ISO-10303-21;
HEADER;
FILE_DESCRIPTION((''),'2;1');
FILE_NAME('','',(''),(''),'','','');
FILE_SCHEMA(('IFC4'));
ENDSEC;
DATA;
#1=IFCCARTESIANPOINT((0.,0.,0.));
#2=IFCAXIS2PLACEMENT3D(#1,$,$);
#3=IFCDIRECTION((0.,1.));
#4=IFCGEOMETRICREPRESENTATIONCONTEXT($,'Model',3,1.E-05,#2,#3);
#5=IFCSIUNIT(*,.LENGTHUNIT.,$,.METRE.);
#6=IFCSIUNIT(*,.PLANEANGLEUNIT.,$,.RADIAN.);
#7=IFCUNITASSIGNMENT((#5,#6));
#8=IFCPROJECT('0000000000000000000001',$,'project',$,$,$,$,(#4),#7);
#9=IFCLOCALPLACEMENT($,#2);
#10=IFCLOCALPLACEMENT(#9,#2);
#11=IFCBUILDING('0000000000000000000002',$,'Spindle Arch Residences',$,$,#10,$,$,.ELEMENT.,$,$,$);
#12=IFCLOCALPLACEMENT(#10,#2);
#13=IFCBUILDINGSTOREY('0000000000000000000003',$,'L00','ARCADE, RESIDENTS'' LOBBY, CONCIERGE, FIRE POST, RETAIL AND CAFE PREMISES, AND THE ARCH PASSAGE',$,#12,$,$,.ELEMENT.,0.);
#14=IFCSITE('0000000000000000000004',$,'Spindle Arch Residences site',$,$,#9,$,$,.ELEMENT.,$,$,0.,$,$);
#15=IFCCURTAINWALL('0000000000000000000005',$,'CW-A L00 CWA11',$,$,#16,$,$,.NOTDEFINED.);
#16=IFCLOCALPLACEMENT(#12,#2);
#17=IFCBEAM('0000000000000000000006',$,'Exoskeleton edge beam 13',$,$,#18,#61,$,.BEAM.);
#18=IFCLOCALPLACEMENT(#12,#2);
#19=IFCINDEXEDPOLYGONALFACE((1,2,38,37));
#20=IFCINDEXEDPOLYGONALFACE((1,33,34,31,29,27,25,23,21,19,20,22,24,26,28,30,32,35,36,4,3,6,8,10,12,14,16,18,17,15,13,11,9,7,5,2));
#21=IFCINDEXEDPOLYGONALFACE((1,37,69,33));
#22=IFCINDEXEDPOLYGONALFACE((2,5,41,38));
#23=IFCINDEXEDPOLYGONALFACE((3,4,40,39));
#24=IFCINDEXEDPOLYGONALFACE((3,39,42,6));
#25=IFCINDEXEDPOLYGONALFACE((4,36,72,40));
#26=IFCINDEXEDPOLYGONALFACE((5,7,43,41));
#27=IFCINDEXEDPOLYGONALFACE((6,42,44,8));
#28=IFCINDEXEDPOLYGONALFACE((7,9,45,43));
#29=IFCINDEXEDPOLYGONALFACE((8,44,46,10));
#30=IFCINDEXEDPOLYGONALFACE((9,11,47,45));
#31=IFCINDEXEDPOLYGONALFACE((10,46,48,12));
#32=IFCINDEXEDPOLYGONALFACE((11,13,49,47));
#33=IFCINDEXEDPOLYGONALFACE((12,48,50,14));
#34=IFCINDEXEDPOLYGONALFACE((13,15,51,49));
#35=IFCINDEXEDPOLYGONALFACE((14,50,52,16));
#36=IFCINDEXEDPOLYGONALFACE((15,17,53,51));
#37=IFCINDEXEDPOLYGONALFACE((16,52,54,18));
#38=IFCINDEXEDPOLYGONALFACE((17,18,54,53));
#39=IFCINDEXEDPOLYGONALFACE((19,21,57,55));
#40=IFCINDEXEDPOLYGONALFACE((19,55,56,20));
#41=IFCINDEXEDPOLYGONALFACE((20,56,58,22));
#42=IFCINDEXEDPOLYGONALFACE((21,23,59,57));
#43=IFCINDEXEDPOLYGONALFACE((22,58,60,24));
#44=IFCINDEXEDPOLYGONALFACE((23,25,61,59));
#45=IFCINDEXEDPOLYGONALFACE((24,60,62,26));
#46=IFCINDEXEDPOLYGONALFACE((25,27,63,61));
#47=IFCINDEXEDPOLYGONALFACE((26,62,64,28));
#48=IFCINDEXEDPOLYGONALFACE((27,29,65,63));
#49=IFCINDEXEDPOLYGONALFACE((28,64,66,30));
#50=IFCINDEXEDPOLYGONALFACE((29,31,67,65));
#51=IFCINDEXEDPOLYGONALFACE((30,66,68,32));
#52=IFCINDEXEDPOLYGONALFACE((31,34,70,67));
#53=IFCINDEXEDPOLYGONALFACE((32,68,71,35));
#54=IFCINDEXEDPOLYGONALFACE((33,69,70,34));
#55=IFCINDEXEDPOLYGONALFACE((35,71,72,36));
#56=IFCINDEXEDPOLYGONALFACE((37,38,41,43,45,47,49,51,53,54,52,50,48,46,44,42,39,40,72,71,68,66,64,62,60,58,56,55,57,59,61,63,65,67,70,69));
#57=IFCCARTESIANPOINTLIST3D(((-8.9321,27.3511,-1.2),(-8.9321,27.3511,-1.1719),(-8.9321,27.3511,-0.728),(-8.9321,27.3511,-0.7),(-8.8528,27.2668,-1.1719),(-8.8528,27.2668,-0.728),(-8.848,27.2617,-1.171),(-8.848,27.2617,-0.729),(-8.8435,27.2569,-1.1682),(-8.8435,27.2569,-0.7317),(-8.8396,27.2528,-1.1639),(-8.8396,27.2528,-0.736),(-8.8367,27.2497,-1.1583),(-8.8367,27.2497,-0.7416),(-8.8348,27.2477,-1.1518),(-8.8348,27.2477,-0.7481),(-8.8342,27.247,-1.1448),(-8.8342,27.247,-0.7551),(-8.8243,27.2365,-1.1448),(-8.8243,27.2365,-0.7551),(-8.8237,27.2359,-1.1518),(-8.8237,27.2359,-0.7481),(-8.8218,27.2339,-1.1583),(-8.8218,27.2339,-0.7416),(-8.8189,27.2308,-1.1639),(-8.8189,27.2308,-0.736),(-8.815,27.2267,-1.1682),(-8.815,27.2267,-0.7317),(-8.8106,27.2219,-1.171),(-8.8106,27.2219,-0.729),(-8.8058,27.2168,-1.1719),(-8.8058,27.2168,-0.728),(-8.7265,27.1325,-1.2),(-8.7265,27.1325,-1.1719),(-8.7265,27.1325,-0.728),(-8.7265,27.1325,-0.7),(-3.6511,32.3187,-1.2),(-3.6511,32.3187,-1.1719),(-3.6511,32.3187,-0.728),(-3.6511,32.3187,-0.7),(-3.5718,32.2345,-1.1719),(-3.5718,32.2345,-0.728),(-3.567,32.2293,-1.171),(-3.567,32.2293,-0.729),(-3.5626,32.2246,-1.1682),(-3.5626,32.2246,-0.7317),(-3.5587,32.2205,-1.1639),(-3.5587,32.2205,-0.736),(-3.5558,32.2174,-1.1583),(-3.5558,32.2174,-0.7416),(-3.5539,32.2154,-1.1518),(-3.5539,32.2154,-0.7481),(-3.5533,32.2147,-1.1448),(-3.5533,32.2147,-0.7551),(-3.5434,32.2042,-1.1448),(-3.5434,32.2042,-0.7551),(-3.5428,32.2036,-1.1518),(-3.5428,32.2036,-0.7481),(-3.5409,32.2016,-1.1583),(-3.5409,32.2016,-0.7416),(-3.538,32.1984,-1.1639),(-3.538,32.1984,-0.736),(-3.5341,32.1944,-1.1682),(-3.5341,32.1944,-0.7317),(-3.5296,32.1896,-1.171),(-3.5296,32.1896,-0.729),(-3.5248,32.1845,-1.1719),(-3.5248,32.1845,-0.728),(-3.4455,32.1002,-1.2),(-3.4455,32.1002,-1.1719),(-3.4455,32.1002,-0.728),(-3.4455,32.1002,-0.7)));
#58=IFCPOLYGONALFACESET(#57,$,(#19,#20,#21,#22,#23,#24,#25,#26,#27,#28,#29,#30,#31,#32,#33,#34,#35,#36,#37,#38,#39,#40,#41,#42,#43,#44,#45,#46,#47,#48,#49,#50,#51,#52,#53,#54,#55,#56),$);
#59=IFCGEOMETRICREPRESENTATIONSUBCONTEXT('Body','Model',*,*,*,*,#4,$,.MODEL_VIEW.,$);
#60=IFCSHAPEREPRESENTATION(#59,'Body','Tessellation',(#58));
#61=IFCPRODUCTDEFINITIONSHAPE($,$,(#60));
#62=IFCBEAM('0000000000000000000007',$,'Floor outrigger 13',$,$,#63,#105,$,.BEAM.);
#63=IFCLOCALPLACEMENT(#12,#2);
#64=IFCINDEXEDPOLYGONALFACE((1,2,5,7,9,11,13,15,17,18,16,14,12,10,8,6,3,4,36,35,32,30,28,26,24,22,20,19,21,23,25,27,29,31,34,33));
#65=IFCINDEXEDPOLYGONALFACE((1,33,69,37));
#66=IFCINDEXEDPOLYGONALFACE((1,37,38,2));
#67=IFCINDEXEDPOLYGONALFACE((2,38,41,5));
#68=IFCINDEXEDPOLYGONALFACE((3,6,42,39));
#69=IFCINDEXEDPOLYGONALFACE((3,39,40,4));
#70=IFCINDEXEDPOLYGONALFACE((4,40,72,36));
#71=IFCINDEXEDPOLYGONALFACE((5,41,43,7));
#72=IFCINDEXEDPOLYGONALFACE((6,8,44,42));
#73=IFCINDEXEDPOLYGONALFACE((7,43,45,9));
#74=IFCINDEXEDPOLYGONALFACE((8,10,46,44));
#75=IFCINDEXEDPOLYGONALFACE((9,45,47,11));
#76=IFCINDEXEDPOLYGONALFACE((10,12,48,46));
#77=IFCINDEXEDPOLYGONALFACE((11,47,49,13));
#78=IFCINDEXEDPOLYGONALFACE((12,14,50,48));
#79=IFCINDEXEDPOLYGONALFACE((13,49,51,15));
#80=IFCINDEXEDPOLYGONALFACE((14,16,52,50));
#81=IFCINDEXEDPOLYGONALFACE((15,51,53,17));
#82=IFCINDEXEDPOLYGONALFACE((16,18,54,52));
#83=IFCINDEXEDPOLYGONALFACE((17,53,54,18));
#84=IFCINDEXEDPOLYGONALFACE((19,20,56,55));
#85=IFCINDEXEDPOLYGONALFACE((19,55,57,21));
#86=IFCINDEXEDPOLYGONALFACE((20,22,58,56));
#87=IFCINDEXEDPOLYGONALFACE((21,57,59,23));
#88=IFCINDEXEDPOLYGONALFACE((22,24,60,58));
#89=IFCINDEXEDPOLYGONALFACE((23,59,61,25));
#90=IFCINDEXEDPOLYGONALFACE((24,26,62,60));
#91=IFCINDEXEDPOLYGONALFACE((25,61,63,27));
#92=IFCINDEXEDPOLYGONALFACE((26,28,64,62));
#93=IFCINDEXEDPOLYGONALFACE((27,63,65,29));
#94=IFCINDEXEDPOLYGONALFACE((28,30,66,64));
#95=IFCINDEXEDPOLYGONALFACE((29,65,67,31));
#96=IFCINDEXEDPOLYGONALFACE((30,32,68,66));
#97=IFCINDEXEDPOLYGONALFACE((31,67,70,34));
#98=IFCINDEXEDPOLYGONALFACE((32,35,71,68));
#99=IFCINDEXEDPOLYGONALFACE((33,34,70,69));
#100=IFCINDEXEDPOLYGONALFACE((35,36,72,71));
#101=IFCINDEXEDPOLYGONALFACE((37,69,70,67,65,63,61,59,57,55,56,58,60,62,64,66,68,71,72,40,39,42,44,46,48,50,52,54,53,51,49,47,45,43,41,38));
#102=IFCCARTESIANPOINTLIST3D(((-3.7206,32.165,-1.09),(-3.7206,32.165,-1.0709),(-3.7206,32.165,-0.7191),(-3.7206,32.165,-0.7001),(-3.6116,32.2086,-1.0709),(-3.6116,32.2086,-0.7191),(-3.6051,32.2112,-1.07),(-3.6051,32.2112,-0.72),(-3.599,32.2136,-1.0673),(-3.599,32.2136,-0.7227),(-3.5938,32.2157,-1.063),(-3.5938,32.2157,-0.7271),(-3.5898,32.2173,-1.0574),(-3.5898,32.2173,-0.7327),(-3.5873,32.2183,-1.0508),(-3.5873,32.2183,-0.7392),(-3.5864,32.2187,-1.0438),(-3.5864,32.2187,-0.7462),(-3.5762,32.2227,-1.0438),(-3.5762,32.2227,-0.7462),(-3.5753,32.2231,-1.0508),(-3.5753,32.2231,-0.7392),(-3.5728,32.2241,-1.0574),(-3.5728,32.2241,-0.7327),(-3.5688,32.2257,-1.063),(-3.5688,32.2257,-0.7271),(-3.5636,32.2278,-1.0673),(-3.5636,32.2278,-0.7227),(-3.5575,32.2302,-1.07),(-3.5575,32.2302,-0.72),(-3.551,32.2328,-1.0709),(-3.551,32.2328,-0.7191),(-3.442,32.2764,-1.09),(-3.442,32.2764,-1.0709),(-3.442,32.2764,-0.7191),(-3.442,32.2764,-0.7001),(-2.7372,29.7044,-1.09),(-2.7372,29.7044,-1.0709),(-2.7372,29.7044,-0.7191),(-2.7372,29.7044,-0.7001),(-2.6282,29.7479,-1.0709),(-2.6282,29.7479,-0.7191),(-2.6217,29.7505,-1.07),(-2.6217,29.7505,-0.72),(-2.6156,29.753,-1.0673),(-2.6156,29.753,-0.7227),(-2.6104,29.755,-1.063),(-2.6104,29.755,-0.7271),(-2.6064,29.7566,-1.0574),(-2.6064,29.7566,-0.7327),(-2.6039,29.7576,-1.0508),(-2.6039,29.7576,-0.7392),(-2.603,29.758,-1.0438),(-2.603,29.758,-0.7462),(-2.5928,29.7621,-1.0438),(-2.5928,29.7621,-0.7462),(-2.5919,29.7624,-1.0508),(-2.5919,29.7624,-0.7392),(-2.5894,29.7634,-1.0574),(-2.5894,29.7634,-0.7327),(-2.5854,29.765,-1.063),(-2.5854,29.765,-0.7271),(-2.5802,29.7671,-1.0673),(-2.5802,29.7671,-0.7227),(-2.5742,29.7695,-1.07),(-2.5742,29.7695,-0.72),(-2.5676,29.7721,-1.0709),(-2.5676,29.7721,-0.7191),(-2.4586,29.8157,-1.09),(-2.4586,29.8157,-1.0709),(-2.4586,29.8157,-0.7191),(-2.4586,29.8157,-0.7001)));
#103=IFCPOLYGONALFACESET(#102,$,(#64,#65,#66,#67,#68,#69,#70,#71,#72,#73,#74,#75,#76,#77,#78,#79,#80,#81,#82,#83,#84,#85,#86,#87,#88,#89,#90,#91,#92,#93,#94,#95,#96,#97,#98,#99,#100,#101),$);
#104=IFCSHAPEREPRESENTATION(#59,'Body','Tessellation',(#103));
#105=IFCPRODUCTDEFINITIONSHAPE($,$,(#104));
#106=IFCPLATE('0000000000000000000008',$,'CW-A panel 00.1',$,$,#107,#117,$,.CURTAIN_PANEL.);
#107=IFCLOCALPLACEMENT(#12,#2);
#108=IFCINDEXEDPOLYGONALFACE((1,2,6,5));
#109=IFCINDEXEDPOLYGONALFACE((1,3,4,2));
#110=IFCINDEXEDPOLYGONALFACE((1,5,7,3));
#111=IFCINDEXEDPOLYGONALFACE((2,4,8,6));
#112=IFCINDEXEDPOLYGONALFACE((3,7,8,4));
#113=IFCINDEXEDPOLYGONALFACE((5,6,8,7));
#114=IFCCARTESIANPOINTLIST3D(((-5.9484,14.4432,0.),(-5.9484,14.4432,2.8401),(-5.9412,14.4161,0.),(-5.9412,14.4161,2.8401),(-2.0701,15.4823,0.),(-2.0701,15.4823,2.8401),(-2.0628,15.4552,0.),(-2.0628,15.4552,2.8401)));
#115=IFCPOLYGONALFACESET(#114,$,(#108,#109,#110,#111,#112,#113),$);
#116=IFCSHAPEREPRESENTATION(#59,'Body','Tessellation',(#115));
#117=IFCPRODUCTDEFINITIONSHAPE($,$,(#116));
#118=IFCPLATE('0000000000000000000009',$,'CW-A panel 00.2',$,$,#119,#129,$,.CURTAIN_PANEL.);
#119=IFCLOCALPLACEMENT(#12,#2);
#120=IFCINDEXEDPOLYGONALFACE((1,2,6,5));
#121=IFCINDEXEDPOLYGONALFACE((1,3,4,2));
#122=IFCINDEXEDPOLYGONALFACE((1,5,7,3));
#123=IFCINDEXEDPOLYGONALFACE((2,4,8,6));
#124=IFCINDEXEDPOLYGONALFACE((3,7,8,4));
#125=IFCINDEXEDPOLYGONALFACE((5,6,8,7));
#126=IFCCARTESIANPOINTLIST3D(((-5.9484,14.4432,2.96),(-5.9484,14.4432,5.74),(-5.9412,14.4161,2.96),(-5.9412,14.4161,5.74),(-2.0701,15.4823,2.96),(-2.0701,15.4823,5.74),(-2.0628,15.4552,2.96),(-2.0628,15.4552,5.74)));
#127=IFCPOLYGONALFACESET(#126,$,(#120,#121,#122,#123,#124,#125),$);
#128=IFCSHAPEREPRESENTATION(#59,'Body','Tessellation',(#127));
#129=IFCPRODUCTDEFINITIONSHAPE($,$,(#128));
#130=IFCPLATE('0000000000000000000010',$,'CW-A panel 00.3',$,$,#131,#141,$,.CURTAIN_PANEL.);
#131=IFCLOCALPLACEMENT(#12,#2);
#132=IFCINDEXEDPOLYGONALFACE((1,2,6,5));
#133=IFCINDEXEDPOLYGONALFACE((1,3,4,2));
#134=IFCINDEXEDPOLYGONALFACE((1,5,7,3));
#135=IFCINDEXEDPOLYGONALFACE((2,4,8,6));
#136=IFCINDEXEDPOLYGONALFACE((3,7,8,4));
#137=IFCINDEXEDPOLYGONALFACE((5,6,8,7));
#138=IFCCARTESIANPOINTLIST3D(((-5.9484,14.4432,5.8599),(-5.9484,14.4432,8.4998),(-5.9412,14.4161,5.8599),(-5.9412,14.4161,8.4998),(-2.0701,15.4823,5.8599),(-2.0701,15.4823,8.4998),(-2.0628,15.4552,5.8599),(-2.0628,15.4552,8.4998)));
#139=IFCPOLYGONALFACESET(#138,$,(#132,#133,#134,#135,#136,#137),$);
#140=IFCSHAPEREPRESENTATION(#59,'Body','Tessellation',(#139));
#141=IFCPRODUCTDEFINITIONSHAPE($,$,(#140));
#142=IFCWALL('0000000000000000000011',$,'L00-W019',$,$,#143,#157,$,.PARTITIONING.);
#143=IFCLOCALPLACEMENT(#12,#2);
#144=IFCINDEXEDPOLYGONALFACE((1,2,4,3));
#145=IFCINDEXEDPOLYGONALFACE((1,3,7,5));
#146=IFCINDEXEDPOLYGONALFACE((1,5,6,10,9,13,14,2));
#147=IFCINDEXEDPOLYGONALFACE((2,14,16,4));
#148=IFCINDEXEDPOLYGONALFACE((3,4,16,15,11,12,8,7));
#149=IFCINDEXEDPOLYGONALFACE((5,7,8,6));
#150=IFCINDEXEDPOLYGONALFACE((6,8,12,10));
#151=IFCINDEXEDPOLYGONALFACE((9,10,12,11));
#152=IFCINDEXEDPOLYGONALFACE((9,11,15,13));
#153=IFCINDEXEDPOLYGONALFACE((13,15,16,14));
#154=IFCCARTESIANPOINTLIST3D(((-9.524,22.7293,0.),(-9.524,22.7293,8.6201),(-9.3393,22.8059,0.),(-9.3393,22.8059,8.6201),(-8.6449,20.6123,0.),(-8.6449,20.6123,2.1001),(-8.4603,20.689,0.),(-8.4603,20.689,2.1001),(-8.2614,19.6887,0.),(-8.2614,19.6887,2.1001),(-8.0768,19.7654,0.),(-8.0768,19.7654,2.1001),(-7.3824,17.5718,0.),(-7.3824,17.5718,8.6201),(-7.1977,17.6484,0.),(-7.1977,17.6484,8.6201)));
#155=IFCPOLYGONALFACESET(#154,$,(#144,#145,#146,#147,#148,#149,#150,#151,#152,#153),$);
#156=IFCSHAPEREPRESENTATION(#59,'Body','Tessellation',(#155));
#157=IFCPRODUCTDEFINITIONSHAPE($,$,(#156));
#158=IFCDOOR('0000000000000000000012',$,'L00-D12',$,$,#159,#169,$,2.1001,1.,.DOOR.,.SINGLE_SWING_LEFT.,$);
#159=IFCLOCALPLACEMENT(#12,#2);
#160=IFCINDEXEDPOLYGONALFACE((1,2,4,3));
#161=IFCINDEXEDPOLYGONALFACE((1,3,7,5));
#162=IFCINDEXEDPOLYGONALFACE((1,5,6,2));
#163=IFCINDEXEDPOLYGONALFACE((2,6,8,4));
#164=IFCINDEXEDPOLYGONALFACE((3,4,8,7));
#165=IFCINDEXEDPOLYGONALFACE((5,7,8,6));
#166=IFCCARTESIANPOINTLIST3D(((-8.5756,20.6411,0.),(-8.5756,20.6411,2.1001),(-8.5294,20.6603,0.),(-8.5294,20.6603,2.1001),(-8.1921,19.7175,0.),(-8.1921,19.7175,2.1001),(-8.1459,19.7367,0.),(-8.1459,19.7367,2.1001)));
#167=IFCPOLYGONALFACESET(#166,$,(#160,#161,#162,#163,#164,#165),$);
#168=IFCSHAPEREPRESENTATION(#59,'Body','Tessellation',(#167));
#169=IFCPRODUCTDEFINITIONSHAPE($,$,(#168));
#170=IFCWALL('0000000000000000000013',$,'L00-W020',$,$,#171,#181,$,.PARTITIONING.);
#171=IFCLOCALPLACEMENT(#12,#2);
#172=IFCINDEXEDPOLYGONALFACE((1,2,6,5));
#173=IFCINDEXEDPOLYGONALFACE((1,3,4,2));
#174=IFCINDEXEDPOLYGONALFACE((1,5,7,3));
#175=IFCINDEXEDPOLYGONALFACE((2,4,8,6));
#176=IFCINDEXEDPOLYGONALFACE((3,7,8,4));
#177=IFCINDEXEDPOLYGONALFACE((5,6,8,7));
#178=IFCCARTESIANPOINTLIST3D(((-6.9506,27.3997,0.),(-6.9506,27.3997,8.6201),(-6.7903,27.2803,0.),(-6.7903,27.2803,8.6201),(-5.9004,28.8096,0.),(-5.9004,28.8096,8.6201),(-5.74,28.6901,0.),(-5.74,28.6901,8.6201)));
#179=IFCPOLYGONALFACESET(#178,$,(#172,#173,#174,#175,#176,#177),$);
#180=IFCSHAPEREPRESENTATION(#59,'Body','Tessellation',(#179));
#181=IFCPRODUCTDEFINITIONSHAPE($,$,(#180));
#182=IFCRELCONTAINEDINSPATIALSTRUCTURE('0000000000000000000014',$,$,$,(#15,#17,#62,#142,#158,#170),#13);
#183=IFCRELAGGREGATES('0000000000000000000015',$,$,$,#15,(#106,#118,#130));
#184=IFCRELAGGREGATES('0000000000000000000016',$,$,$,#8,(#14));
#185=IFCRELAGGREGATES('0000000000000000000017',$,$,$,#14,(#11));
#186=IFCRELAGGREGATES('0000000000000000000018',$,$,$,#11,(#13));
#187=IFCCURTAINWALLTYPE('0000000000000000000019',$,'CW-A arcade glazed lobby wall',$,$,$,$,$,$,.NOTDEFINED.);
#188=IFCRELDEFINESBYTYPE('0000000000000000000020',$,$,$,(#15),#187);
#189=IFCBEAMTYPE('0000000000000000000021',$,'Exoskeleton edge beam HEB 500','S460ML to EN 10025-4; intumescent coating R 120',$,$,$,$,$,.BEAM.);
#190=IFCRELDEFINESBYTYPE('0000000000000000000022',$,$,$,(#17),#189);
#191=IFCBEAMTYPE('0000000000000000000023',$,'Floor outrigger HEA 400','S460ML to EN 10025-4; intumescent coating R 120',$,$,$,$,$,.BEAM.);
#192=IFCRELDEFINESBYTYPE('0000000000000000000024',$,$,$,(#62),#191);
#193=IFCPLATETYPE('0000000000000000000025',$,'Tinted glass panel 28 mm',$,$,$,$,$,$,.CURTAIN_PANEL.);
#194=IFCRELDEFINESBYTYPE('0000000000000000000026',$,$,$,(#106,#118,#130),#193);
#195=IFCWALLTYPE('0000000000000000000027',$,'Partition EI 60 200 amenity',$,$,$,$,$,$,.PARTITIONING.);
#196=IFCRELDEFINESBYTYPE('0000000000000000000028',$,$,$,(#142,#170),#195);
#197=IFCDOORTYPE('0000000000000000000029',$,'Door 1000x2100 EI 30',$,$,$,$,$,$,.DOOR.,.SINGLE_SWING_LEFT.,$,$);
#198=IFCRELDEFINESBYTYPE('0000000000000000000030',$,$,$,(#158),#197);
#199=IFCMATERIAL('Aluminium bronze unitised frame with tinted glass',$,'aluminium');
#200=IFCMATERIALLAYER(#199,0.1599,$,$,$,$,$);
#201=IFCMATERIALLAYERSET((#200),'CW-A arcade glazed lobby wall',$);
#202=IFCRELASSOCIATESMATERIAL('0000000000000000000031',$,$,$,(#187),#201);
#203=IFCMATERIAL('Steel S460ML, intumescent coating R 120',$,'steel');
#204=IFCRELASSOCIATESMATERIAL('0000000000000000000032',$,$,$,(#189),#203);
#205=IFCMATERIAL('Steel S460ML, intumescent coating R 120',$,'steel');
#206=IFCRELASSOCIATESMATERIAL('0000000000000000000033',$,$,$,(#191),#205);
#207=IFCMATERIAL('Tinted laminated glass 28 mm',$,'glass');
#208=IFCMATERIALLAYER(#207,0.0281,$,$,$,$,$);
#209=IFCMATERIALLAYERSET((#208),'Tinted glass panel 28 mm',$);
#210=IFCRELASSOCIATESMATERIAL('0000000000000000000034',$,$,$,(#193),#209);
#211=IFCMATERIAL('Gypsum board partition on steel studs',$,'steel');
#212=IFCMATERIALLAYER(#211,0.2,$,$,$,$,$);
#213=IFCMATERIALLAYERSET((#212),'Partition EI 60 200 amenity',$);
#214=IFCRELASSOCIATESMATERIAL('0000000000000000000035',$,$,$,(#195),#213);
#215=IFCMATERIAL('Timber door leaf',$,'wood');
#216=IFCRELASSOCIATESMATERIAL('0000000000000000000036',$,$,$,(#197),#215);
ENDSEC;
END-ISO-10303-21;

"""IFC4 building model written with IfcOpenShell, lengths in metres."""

from ifc_helpers import new_model, si_unit, direction, frame, frame_2d, origin, origin_2d, place, context, subcontext, project, spatial, rectangle, i_section, extrude, material, layer, layer_set, material_profile, profile_set, type_object, element, fill, aggregate, save


model = new_model("IFC4")

# Units and contexts
model_context = context("Model", 3, precision=1e-05, world=origin(), true_north=direction((0.0, 1.0)))
body_context = subcontext(model_context, "Body", "Model", "MODEL_VIEW")
ifc_project = project(units=[si_unit("LENGTHUNIT", "METRE"), si_unit("PLANEANGLEUNIT", "RADIAN")], contexts=[model_context])

# Site, building, storey
site_placement = place(None, origin())
site = spatial("IfcSite", under=ifc_project, at=site_placement, Name="Spindle Arch Residences site", CompositionType="ELEMENT", RefElevation=0.0)
building_placement = place(site_placement, origin())
building = spatial("IfcBuilding", under=site, at=building_placement, Name="Spindle Arch Residences", CompositionType="ELEMENT")
storey_placement = place(building_placement, origin())
storey = spatial("IfcBuildingStorey", under=building, at=storey_placement, Name="L00", Description="ARCADE, RESIDENTS' LOBBY, CONCIERGE, FIRE POST, RETAIL AND CAFE PREMISES, AND THE ARCH PASSAGE", CompositionType="ELEMENT", Elevation=0.0)

# Curtain wall
ifc_material_1 = material(Name="Aluminium bronze unitised frame with tinted glass", Category="aluminium")
ifc_layer_1 = layer(ifc_material_1, 0.1599)
ifc_layer_set_1 = layer_set([ifc_layer_1], Name="CW-A arcade glazed lobby wall")
curtain_wall_type = type_object("IfcCurtainWallType", Name="CW-A arcade glazed lobby wall", PredefinedType="NOTDEFINED", material=ifc_layer_set_1)
curtain_wall_1_placement = place(storey_placement, origin())
curtain_wall_1 = element("IfcCurtainWall", 1, at=curtain_wall_1_placement, inside=storey, type_object=curtain_wall_type, Name="CW-A L00 CWA11", PredefinedType="NOTDEFINED")

# Beams
ifc_material_2 = material(Name="Steel S460ML, intumescent coating R 120", Category="steel")
ifc_material_profile_1 = material_profile(ifc_material_2, i_section(OverallWidth=0.3, OverallDepth=0.5, WebThickness=0.0144, FlangeThickness=0.0281, FilletRadius=0.0271, at=origin_2d()), Name="HEB 500")
ifc_profile_set_1 = profile_set([ifc_material_profile_1], Name="Steel S460ML, intumescent coating R 120")
beam_type_1 = type_object("IfcBeamType", Name="Exoskeleton edge beam HEB 500", Description="S460ML to EN 10025-4; intumescent coating R 120", PredefinedType="BEAM", material=ifc_profile_set_1)
beam_1_placement = place(storey_placement, frame((-3.5483, 32.2095, -0.95), z_axis=(-0.728378, -0.685176, 0.0), x_axis=(0.685176, -0.728378, 0.0)))
element("IfcBeam", 2, at=beam_1_placement, inside=storey, type_object=beam_type_1, Name="Exoskeleton edge beam 13", PredefinedType="BEAM", context=body_context, shape_type="SweptSolid", body=[
    extrude(i_section(OverallWidth=0.3, OverallDepth=0.5, WebThickness=0.0144, FlangeThickness=0.0281, FilletRadius=0.0271, at=origin_2d()), origin(), (0.0, 0.0, 1.0), 7.2502),
])
ifc_material_3 = material(Name="Steel S460ML, intumescent coating R 120", Category="steel")
ifc_material_profile_2 = material_profile(ifc_material_3, i_section(OverallWidth=0.3, OverallDepth=0.3899, WebThickness=0.011, FlangeThickness=0.019, FilletRadius=0.0271, at=origin_2d()), Name="HEA 400")
ifc_profile_set_2 = profile_set([ifc_material_profile_2], Name="Steel S460ML, intumescent coating R 120")
beam_type_2 = type_object("IfcBeamType", Name="Floor outrigger HEA 400", Description="S460ML to EN 10025-4; intumescent coating R 120", PredefinedType="BEAM", material=ifc_profile_set_2)
beam_2_placement = place(storey_placement, frame((-3.5813, 32.2207, -0.895), z_axis=(0.371105, -0.928591, 0.0), x_axis=(0.928591, 0.371105, 0.0)))
element("IfcBeam", 3, at=beam_2_placement, inside=storey, type_object=beam_type_2, Name="Floor outrigger 13", PredefinedType="BEAM", context=body_context, shape_type="SweptSolid", body=[
    extrude(i_section(OverallWidth=0.3, OverallDepth=0.3899, WebThickness=0.011, FlangeThickness=0.019, FilletRadius=0.0271, at=origin_2d()), origin(), (0.0, 0.0, 1.0), 2.6499),
])

# Plates
ifc_material_4 = material(Name="Tinted laminated glass 28 mm", Category="glass")
ifc_layer_2 = layer(ifc_material_4, 0.0281)
ifc_layer_set_2 = layer_set([ifc_layer_2], Name="Tinted glass panel 28 mm")
plate_type = type_object("IfcPlateType", Name="Tinted glass panel 28 mm", PredefinedType="CURTAIN_PANEL", material=ifc_layer_set_2)
plate_1_placement = place(storey_placement, frame((-4.0056, 14.9492, 0.0), z_axis=(0.0, 0.0, 1.0), x_axis=(-0.965935, -0.258786, 0.0)))
plate_1 = element("IfcPlate", 4, at=plate_1_placement, type_object=plate_type, Name="CW-A panel 00.1", PredefinedType="CURTAIN_PANEL", context=body_context, shape_type="SweptSolid", body=[
    extrude(rectangle(XDim=4.0151, YDim=0.0281, at=origin_2d()), origin(), (0.0, 0.0, 1.0), 2.8401),
])
plate_2_placement = place(storey_placement, frame((-4.0056, 14.9492, 2.96), z_axis=(0.0, 0.0, 1.0), x_axis=(-0.965935, -0.258786, 0.0)))
plate_2 = element("IfcPlate", 5, at=plate_2_placement, type_object=plate_type, Name="CW-A panel 00.2", PredefinedType="CURTAIN_PANEL", context=body_context, shape_type="SweptSolid", body=[
    extrude(rectangle(XDim=4.0151, YDim=0.0281, at=origin_2d()), origin(), (0.0, 0.0, 1.0), 2.78),
])
plate_3_placement = place(storey_placement, frame((-4.0056, 14.9492, 5.8599), z_axis=(0.0, 0.0, 1.0), x_axis=(-0.965935, -0.258786, 0.0)))
plate_3 = element("IfcPlate", 6, at=plate_3_placement, type_object=plate_type, Name="CW-A panel 00.3", PredefinedType="CURTAIN_PANEL", context=body_context, shape_type="SweptSolid", body=[
    extrude(rectangle(XDim=4.0151, YDim=0.0281, at=origin_2d()), origin(), (0.0, 0.0, 1.0), 2.6399),
])
aggregate(curtain_wall_1, [plate_1, plate_2, plate_3])

# Wall, opening, door
ifc_material_5 = material(Name="Gypsum board partition on steel studs", Category="steel")
ifc_layer_3 = layer(ifc_material_5, 0.2)
ifc_layer_set_3 = layer_set([ifc_layer_3], Name="Partition EI 60 200 amenity")
wall_type = type_object("IfcWallType", Name="Partition EI 60 200 amenity", PredefinedType="PARTITIONING", material=ifc_layer_set_3)
wall_1_placement = place(storey_placement, frame((-7.29, 17.6101, 0.0), z_axis=(0.0, 0.0, 1.0), x_axis=(-0.383494, 0.923543, 0.0)))
wall_1 = element("IfcWall", 7, at=wall_1_placement, inside=storey, type_object=wall_type, Name="L00-W019", PredefinedType="PARTITIONING", context=body_context, shape_type="SweptSolid", body=[
    extrude(rectangle(XDim=5.5845, YDim=0.2, at=frame_2d((2.7922, 0.0))), origin(), (0.0, 0.0, 1.0), 8.6201),
])
opening_1_placement = place(wall_1_placement, frame((2.2922, 0.0, 0.0)))
opening_1 = element("IfcOpeningElement", 8, at=opening_1_placement, cuts=wall_1, PredefinedType="OPENING", context=body_context, shape_type="SweptSolid", body=[
    extrude(rectangle(XDim=1.0, YDim=2.1001, at=frame_2d((0.5, 1.05))), frame((0.0, 0.1099, 0.0), z_axis=(0.0, -1.0, 0.0), x_axis=(1.0, 0.0, 0.0)), (0.0, 0.0, 1.0), 0.22),
])
ifc_material_6 = material(Name="Timber door leaf", Category="wood")
door_type_1 = type_object("IfcDoorType", Name="Door 1000x2100 EI 30", OperationType="SINGLE_SWING_LEFT", PredefinedType="DOOR", material=ifc_material_6)
door_1_placement = place(opening_1_placement, origin())
door_1 = element("IfcDoor", 9, at=door_1_placement, inside=storey, type_object=door_type_1, Name="L00-D12", OperationType="SINGLE_SWING_LEFT", OverallHeight=2.1001, OverallWidth=1.0, PredefinedType="DOOR", context=body_context, shape_type="SweptSolid", body=[
    extrude(rectangle(XDim=1.0, YDim=2.1001, at=frame_2d((0.5, 1.05))), frame((0.0, 0.0249, 0.0), z_axis=(0.0, -1.0, 0.0), x_axis=(1.0, 0.0, 0.0)), (0.0, 0.0, 1.0), 0.05),
])
fill(opening_1, door_1)

# Wall
wall_2_placement = place(storey_placement, frame((-6.8704, 27.3401, 0.0), z_axis=(0.0, 0.0, 1.0), x_axis=(0.597397, 0.801945, 0.0)))
element("IfcWall", 10, at=wall_2_placement, inside=storey, type_object=wall_type, Name="L00-W020", PredefinedType="PARTITIONING", context=body_context, shape_type="SweptSolid", body=[
    extrude(rectangle(XDim=1.7581, YDim=0.2, at=frame_2d((0.8789, 0.0))), origin(), (0.0, 0.0, 1.0), 8.6201),
])

save(model, "model.ifc")
